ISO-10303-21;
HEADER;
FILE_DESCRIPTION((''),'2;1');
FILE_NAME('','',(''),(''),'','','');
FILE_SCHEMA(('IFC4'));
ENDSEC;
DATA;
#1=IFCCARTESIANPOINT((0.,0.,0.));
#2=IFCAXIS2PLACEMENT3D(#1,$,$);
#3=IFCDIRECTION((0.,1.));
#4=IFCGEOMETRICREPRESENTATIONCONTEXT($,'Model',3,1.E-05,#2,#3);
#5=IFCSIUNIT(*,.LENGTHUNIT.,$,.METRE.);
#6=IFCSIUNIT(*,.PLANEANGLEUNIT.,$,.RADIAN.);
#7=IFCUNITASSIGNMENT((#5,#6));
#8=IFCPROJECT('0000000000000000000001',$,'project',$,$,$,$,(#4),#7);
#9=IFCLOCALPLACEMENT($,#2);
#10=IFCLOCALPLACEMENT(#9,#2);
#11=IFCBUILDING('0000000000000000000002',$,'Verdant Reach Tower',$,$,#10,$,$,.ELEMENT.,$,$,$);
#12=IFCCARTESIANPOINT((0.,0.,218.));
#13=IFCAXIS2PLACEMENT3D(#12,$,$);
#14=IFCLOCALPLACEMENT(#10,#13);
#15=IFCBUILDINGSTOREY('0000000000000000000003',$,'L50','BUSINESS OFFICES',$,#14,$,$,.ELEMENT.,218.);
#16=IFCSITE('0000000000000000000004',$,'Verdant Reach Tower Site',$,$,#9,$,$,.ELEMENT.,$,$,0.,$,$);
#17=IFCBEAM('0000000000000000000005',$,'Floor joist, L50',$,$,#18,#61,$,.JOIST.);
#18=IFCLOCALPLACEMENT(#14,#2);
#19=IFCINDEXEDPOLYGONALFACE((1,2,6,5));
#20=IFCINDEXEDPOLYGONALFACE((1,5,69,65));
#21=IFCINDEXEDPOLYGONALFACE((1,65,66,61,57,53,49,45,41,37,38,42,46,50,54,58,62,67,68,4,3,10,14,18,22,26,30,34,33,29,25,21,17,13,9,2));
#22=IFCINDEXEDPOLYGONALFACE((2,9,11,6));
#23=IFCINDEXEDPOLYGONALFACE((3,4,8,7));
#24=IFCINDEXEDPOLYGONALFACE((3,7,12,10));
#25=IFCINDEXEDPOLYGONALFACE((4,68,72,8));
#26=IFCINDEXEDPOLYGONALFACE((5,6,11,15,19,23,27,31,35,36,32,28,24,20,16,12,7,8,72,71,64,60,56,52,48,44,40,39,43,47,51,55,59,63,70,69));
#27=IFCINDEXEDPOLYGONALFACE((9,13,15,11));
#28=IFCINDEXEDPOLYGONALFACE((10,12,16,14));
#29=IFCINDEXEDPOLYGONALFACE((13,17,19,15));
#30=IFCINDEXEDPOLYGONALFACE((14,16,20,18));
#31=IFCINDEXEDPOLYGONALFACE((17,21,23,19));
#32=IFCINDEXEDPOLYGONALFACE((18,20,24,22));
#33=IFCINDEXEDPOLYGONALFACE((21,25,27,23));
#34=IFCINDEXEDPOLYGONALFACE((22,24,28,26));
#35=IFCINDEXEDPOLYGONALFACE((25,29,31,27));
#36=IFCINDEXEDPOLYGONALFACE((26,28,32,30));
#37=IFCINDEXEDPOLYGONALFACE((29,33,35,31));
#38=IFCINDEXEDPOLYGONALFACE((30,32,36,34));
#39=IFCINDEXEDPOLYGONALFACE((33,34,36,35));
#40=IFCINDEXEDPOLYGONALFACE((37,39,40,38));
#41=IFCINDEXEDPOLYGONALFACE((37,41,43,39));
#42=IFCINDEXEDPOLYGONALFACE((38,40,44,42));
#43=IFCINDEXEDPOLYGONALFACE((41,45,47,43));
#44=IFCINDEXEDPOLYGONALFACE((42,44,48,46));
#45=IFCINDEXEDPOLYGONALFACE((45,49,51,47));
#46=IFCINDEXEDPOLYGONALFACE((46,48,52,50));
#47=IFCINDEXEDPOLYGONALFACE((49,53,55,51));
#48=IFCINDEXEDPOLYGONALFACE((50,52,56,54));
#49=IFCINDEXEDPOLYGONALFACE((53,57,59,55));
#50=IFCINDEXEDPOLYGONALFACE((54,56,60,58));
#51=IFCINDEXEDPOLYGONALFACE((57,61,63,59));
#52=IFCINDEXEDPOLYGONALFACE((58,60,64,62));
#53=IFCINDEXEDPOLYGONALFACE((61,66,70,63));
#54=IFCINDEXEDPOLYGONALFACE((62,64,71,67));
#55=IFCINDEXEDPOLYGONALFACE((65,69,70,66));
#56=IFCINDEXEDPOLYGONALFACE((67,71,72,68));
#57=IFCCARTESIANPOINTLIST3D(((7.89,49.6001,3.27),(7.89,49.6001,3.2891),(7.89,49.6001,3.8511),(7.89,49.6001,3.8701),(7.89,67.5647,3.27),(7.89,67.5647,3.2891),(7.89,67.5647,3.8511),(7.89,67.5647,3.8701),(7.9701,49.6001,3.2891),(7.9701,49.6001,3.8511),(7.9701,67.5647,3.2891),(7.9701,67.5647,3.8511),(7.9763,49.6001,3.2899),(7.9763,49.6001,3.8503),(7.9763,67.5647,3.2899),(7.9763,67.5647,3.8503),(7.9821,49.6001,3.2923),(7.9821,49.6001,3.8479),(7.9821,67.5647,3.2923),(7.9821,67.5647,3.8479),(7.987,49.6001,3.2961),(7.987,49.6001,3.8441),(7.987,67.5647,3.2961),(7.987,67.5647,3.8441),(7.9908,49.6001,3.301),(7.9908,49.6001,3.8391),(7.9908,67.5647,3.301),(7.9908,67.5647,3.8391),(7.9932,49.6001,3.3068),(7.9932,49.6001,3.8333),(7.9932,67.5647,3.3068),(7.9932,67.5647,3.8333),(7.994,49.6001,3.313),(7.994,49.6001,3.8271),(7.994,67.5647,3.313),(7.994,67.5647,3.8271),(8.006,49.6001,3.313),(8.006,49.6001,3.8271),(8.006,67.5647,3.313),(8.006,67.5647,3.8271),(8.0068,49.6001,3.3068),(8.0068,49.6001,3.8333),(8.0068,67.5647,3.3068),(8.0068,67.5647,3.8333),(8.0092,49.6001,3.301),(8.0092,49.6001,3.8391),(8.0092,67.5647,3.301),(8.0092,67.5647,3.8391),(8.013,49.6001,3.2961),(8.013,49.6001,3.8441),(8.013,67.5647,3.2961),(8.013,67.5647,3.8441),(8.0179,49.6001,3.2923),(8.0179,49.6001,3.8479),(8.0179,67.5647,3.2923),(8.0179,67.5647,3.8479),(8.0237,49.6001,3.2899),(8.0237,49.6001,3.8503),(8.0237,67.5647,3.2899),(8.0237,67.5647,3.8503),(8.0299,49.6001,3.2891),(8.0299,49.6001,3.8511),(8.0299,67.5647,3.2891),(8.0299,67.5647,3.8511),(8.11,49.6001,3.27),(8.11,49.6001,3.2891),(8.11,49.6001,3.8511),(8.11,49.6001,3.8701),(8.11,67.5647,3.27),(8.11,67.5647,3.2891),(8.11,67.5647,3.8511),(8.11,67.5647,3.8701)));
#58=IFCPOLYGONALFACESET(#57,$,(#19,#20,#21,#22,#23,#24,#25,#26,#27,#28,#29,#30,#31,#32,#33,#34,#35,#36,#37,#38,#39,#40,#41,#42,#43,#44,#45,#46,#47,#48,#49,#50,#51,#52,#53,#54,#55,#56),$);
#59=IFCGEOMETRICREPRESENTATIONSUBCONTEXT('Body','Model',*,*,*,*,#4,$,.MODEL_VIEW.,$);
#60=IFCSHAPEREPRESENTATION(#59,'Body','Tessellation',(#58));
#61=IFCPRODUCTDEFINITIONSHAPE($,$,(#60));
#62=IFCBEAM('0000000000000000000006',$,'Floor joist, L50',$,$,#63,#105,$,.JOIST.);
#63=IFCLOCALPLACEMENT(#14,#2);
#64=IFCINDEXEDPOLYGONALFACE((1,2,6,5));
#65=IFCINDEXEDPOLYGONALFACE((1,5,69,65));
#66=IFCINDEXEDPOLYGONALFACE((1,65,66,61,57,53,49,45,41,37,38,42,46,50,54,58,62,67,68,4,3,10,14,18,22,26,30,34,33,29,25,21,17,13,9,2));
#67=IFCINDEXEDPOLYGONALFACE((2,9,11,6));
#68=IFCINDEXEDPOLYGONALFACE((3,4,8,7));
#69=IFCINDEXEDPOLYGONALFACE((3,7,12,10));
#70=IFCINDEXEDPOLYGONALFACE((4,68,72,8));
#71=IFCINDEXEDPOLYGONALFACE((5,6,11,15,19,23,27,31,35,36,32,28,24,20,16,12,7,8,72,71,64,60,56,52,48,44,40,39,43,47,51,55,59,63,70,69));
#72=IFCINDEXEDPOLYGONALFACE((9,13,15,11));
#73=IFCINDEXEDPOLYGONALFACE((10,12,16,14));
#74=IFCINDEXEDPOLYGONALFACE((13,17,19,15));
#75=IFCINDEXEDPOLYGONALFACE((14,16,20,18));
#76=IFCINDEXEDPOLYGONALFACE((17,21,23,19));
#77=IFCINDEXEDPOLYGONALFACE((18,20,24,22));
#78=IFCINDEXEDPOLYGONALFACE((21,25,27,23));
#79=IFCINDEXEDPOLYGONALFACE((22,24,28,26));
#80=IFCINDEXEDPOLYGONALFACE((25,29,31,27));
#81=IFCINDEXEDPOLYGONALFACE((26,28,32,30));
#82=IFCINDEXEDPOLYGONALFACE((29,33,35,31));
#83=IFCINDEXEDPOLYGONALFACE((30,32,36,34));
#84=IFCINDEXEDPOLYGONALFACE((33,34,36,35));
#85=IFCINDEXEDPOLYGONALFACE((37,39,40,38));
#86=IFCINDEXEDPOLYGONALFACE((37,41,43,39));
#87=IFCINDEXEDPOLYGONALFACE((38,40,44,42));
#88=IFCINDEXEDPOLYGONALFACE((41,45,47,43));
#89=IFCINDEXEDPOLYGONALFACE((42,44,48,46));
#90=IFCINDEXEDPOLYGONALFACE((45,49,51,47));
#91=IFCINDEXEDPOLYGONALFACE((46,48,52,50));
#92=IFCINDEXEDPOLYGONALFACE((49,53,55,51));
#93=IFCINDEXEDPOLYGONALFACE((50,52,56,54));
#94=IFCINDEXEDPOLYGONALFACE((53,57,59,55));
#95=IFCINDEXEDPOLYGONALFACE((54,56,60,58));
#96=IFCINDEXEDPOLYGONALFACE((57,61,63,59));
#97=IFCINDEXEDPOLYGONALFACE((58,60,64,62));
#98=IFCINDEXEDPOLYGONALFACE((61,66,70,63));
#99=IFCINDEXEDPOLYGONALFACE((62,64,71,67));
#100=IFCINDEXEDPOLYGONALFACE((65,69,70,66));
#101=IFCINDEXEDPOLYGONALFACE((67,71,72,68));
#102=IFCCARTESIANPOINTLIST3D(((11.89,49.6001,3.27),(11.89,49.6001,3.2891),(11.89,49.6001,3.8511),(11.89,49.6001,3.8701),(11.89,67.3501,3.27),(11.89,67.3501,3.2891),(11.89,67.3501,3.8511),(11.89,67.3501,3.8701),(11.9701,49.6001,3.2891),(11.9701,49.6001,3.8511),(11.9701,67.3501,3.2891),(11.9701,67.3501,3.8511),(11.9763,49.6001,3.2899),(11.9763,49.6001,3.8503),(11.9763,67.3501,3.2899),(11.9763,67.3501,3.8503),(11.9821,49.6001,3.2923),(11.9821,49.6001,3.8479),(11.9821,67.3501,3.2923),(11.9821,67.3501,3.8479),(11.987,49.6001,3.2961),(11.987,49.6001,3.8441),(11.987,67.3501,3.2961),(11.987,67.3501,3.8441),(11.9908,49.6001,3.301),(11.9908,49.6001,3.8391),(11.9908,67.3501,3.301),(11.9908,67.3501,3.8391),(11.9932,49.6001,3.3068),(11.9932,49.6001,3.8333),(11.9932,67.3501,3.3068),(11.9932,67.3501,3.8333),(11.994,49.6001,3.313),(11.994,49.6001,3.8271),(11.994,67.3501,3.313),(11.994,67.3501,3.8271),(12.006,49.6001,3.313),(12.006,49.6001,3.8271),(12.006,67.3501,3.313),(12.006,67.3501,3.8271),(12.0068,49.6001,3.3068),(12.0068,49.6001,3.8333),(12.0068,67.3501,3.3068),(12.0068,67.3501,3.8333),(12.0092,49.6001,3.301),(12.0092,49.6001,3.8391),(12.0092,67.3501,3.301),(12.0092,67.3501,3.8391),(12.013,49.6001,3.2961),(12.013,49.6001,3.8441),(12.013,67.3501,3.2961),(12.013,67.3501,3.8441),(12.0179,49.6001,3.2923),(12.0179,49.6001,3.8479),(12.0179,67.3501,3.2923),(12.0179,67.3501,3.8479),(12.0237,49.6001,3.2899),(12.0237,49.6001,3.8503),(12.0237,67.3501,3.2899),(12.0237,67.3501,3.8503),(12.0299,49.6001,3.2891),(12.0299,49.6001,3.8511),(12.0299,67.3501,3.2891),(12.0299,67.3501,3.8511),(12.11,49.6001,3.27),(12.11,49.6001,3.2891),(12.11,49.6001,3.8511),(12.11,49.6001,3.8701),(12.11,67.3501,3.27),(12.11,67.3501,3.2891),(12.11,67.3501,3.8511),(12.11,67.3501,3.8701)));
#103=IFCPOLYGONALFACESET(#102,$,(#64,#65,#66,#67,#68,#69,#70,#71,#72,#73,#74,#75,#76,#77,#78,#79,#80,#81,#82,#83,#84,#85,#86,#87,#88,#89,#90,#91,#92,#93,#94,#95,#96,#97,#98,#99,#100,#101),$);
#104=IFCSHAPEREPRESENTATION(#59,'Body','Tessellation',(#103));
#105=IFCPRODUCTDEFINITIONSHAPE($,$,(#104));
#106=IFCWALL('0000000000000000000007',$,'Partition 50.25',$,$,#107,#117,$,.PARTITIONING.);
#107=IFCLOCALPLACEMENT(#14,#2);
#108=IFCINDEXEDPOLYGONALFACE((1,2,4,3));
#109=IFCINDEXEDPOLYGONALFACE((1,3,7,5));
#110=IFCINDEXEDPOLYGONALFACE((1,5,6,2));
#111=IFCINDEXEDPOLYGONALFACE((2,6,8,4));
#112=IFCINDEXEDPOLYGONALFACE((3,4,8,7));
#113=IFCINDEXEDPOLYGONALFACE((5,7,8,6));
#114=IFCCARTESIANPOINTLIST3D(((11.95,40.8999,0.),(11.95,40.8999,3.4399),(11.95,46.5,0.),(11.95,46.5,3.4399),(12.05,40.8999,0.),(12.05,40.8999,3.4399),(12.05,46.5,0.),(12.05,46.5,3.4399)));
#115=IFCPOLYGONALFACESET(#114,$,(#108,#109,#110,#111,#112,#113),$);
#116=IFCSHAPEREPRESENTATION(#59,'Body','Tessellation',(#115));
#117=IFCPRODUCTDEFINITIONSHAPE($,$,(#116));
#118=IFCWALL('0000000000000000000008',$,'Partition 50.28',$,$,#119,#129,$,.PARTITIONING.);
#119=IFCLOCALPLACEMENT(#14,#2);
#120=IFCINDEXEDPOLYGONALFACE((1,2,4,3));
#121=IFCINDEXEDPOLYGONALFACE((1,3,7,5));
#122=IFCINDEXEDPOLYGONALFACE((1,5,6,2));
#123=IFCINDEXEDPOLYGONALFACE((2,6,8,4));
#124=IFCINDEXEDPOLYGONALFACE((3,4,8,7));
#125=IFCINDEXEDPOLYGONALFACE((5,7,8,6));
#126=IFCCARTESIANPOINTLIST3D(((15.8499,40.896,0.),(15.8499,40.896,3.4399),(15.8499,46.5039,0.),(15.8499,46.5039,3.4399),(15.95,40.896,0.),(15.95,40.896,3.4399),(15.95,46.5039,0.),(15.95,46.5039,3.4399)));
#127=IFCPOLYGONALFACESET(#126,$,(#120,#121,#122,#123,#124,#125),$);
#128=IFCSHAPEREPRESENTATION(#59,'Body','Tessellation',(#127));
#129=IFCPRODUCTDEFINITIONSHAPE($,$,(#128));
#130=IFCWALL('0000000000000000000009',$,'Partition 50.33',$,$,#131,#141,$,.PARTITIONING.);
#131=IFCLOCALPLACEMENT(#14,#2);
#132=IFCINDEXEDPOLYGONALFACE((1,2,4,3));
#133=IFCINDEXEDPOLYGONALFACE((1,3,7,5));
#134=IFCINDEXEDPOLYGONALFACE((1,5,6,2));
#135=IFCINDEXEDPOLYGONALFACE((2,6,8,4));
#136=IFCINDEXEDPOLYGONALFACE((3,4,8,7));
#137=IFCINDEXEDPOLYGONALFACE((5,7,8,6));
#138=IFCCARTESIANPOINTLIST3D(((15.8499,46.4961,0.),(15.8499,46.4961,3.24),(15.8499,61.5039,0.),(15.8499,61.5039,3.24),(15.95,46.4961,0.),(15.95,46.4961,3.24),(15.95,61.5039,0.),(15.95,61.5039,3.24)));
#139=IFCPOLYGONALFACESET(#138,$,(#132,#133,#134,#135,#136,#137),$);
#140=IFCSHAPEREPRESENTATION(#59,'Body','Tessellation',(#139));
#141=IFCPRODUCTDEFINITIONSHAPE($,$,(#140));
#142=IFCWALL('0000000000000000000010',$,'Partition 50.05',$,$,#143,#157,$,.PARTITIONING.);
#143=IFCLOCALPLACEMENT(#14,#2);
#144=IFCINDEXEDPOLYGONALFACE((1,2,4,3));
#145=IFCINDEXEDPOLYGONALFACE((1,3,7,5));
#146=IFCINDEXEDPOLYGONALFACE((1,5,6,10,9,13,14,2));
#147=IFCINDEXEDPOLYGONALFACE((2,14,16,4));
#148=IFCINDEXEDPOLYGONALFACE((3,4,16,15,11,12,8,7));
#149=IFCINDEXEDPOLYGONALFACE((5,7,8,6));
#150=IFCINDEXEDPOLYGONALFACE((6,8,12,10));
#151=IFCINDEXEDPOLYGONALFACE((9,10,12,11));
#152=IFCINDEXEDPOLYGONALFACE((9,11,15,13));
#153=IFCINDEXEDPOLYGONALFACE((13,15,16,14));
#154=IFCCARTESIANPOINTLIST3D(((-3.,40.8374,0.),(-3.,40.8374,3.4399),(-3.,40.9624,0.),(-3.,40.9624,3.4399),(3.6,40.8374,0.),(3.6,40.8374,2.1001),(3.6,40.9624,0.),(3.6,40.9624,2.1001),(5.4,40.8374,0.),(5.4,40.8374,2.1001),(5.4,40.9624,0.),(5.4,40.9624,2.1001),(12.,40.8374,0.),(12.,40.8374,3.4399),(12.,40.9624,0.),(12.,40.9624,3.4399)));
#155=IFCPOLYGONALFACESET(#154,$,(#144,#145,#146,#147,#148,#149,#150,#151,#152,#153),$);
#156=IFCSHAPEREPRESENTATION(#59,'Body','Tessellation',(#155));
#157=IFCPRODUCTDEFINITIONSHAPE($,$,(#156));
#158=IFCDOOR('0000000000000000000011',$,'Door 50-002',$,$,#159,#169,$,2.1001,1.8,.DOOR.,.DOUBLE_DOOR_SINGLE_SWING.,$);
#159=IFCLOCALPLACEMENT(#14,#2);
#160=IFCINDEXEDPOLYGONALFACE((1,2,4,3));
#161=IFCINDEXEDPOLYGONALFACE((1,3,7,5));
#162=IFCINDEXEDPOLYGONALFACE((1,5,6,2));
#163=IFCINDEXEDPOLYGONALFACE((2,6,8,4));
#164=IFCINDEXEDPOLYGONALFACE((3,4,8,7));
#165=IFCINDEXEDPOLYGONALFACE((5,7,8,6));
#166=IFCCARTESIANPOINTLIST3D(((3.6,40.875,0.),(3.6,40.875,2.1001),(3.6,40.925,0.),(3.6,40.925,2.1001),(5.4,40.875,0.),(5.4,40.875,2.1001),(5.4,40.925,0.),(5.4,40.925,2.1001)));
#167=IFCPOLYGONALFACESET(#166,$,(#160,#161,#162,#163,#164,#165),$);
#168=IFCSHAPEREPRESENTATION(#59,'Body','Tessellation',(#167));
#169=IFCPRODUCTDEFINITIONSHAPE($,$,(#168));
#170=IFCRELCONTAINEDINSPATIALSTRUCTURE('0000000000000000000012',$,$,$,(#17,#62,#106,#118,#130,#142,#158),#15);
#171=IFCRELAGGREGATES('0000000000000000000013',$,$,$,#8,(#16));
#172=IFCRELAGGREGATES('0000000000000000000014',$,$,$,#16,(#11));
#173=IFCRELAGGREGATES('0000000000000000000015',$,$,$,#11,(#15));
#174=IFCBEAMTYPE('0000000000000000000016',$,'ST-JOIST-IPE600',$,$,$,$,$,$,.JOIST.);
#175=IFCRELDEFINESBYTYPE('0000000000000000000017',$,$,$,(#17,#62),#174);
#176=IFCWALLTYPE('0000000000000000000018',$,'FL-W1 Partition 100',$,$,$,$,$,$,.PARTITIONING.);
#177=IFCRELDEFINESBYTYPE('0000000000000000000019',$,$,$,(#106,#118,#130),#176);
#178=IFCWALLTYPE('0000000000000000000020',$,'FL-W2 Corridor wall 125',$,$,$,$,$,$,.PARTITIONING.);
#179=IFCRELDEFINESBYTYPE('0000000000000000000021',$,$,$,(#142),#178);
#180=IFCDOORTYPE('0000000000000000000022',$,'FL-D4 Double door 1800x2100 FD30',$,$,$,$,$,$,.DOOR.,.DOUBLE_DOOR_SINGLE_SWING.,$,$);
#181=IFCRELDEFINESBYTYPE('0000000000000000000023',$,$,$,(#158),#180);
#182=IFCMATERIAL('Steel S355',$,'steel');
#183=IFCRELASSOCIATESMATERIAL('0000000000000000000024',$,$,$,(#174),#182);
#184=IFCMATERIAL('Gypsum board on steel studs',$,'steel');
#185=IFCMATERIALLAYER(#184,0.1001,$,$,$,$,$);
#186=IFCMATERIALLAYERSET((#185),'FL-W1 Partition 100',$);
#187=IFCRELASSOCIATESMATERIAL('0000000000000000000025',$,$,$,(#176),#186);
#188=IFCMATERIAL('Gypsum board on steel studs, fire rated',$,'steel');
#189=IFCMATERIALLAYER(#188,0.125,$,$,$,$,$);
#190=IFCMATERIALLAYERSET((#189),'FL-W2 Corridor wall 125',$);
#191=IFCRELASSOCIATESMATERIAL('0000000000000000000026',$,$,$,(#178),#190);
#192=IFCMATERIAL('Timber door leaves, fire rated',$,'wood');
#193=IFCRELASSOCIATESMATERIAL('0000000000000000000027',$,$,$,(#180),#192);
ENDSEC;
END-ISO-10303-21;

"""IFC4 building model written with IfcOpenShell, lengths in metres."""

from ifc_helpers import new_model, si_unit, direction, frame, frame_2d, origin, origin_2d, place, context, subcontext, project, spatial, rectangle, i_section, extrude, material, layer, layer_set, material_profile, profile_set, type_object, element, fill, save


model = new_model("IFC4")

# Units and contexts
model_context = context("Model", 3, precision=1e-05, world=origin(), true_north=direction((0.0, 1.0)))
body_context = subcontext(model_context, "Body", "Model", "MODEL_VIEW")
ifc_project = project(units=[si_unit("LENGTHUNIT", "METRE"), si_unit("PLANEANGLEUNIT", "RADIAN")], contexts=[model_context])

# Site, building, storey
site_placement = place(None, origin())
site = spatial("IfcSite", under=ifc_project, at=site_placement, Name="Verdant Reach Tower Site", CompositionType="ELEMENT", RefElevation=0.0)
building_placement = place(site_placement, origin())
building = spatial("IfcBuilding", under=site, at=building_placement, Name="Verdant Reach Tower", CompositionType="ELEMENT")
storey_placement = place(building_placement, frame((0.0, 0.0, 218.0)))
storey = spatial("IfcBuildingStorey", under=building, at=storey_placement, Name="L50", Description="BUSINESS OFFICES", CompositionType="ELEMENT", Elevation=218.0)

# Beams
ifc_material_1 = material(Name="Steel S355", Category="steel")
ifc_material_profile_1 = material_profile(ifc_material_1, i_section(OverallWidth=0.22, OverallDepth=0.6001, WebThickness=0.012, FlangeThickness=0.019, FilletRadius=0.0239, at=origin_2d()), Name="IPE 600")
ifc_profile_set_1 = profile_set([ifc_material_profile_1], Name="Steel S355")
beam_type_1 = type_object("IfcBeamType", Name="ST-JOIST-IPE600", PredefinedType="JOIST", material=ifc_profile_set_1)
beam_1_placement = place(storey_placement, frame((8.0, 49.6001, 3.5701), z_axis=(0.0, 1.0, 0.0), x_axis=(-1.0, 0.0, 0.0)))
element("IfcBeam", 1, at=beam_1_placement, inside=storey, type_object=beam_type_1, Name="Floor joist, L50", PredefinedType="JOIST", context=body_context, shape_type="SweptSolid", body=[
    extrude(i_section(OverallWidth=0.22, OverallDepth=0.6001, WebThickness=0.012, FlangeThickness=0.019, FilletRadius=0.0239, at=origin_2d()), origin(), (0.0, 0.0, 1.0), 17.9646),
])
beam_2_placement = place(storey_placement, frame((12.0, 49.6001, 3.5701), z_axis=(0.0, 1.0, 0.0), x_axis=(-1.0, 0.0, 0.0)))
element("IfcBeam", 2, at=beam_2_placement, inside=storey, type_object=beam_type_1, Name="Floor joist, L50", PredefinedType="JOIST", context=body_context, shape_type="SweptSolid", body=[
    extrude(i_section(OverallWidth=0.22, OverallDepth=0.6001, WebThickness=0.012, FlangeThickness=0.019, FilletRadius=0.0239, at=origin_2d()), origin(), (0.0, 0.0, 1.0), 17.75),
])

# Walls
ifc_material_2 = material(Name="Gypsum board on steel studs", Category="steel")
ifc_layer_1 = layer(ifc_material_2, 0.1001)
ifc_layer_set_1 = layer_set([ifc_layer_1], Name="FL-W1 Partition 100")
wall_type_1 = type_object("IfcWallType", Name="FL-W1 Partition 100", PredefinedType="PARTITIONING", material=ifc_layer_set_1)
wall_1_placement = place(storey_placement, frame((12.0, 40.8999, 0.0), z_axis=(0.0, 0.0, 1.0), x_axis=(0.0, 1.0, 0.0)))
element("IfcWall", 3, at=wall_1_placement, inside=storey, type_object=wall_type_1, Name="Partition 50.25", PredefinedType="PARTITIONING", context=body_context, shape_type="SweptSolid", body=[
    extrude(rectangle(XDim=5.6001, YDim=0.1001, at=frame_2d((2.8, 0.0))), origin(), (0.0, 0.0, 1.0), 3.4399),
])
wall_2_placement = place(storey_placement, frame((15.8999, 40.896, 0.0), z_axis=(0.0, 0.0, 1.0), x_axis=(0.0, 1.0, 0.0)))
element("IfcWall", 4, at=wall_2_placement, inside=storey, type_object=wall_type_1, Name="Partition 50.28", PredefinedType="PARTITIONING", context=body_context, shape_type="SweptSolid", body=[
    extrude(rectangle(XDim=5.6079, YDim=0.1001, at=frame_2d((2.804, 0.0))), origin(), (0.0, 0.0, 1.0), 3.4399),
])
wall_3_placement = place(storey_placement, frame((15.8999, 46.4961, 0.0), z_axis=(0.0, 0.0, 1.0), x_axis=(0.0, 1.0, 0.0)))
element("IfcWall", 5, at=wall_3_placement, inside=storey, type_object=wall_type_1, Name="Partition 50.33", PredefinedType="PARTITIONING", context=body_context, shape_type="SweptSolid", body=[
    extrude(rectangle(XDim=15.0078, YDim=0.1001, at=frame_2d((7.5039, 0.0))), origin(), (0.0, 0.0, 1.0), 3.24),
])

# Wall, opening, door
ifc_material_3 = material(Name="Gypsum board on steel studs, fire rated", Category="steel")
ifc_layer_2 = layer(ifc_material_3, 0.125)
ifc_layer_set_2 = layer_set([ifc_layer_2], Name="FL-W2 Corridor wall 125")
wall_type_2 = type_object("IfcWallType", Name="FL-W2 Corridor wall 125", PredefinedType="PARTITIONING", material=ifc_layer_set_2)
wall_4_placement = place(storey_placement, frame((12.0, 40.8999, 0.0), z_axis=(0.0, 0.0, 1.0), x_axis=(-1.0, 0.0, 0.0)))
wall_4 = element("IfcWall", 6, at=wall_4_placement, inside=storey, type_object=wall_type_2, Name="Partition 50.05", PredefinedType="PARTITIONING", context=body_context, shape_type="SweptSolid", body=[
    extrude(rectangle(XDim=15.0, YDim=0.125, at=frame_2d((7.5, 0.0))), origin(), (0.0, 0.0, 1.0), 3.4399),
])
opening_1_placement = place(wall_4_placement, frame((6.6001, 0.0, 0.0)))
opening_1 = element("IfcOpeningElement", 7, at=opening_1_placement, cuts=wall_4, PredefinedType="OPENING", context=body_context, shape_type="SweptSolid", body=[
    extrude(rectangle(XDim=1.8, YDim=2.1001, at=frame_2d((0.8999, 1.05))), frame((0.0, 0.0725, 0.0), z_axis=(0.0, -1.0, 0.0), x_axis=(1.0, 0.0, 0.0)), (0.0, 0.0, 1.0), 0.145),
])
ifc_material_4 = material(Name="Timber door leaves, fire rated", Category="wood")
door_type_1 = type_object("IfcDoorType", Name="FL-D4 Double door 1800x2100 FD30", OperationType="DOUBLE_DOOR_SINGLE_SWING", PredefinedType="DOOR", material=ifc_material_4)
door_1_placement = place(opening_1_placement, origin())
door_1 = element("IfcDoor", 8, at=door_1_placement, inside=storey, type_object=door_type_1, Name="Door 50-002", OperationType="DOUBLE_DOOR_SINGLE_SWING", OverallHeight=2.1001, OverallWidth=1.8, PredefinedType="DOOR", context=body_context, shape_type="SweptSolid", body=[
    extrude(rectangle(XDim=1.8, YDim=2.1001, at=frame_2d((0.8999, 1.05))), frame((0.0, 0.0249, 0.0), z_axis=(0.0, -1.0, 0.0), x_axis=(1.0, 0.0, 0.0)), (0.0, 0.0, 1.0), 0.05),
])
fill(opening_1, door_1)

save(model, "model.ifc")
